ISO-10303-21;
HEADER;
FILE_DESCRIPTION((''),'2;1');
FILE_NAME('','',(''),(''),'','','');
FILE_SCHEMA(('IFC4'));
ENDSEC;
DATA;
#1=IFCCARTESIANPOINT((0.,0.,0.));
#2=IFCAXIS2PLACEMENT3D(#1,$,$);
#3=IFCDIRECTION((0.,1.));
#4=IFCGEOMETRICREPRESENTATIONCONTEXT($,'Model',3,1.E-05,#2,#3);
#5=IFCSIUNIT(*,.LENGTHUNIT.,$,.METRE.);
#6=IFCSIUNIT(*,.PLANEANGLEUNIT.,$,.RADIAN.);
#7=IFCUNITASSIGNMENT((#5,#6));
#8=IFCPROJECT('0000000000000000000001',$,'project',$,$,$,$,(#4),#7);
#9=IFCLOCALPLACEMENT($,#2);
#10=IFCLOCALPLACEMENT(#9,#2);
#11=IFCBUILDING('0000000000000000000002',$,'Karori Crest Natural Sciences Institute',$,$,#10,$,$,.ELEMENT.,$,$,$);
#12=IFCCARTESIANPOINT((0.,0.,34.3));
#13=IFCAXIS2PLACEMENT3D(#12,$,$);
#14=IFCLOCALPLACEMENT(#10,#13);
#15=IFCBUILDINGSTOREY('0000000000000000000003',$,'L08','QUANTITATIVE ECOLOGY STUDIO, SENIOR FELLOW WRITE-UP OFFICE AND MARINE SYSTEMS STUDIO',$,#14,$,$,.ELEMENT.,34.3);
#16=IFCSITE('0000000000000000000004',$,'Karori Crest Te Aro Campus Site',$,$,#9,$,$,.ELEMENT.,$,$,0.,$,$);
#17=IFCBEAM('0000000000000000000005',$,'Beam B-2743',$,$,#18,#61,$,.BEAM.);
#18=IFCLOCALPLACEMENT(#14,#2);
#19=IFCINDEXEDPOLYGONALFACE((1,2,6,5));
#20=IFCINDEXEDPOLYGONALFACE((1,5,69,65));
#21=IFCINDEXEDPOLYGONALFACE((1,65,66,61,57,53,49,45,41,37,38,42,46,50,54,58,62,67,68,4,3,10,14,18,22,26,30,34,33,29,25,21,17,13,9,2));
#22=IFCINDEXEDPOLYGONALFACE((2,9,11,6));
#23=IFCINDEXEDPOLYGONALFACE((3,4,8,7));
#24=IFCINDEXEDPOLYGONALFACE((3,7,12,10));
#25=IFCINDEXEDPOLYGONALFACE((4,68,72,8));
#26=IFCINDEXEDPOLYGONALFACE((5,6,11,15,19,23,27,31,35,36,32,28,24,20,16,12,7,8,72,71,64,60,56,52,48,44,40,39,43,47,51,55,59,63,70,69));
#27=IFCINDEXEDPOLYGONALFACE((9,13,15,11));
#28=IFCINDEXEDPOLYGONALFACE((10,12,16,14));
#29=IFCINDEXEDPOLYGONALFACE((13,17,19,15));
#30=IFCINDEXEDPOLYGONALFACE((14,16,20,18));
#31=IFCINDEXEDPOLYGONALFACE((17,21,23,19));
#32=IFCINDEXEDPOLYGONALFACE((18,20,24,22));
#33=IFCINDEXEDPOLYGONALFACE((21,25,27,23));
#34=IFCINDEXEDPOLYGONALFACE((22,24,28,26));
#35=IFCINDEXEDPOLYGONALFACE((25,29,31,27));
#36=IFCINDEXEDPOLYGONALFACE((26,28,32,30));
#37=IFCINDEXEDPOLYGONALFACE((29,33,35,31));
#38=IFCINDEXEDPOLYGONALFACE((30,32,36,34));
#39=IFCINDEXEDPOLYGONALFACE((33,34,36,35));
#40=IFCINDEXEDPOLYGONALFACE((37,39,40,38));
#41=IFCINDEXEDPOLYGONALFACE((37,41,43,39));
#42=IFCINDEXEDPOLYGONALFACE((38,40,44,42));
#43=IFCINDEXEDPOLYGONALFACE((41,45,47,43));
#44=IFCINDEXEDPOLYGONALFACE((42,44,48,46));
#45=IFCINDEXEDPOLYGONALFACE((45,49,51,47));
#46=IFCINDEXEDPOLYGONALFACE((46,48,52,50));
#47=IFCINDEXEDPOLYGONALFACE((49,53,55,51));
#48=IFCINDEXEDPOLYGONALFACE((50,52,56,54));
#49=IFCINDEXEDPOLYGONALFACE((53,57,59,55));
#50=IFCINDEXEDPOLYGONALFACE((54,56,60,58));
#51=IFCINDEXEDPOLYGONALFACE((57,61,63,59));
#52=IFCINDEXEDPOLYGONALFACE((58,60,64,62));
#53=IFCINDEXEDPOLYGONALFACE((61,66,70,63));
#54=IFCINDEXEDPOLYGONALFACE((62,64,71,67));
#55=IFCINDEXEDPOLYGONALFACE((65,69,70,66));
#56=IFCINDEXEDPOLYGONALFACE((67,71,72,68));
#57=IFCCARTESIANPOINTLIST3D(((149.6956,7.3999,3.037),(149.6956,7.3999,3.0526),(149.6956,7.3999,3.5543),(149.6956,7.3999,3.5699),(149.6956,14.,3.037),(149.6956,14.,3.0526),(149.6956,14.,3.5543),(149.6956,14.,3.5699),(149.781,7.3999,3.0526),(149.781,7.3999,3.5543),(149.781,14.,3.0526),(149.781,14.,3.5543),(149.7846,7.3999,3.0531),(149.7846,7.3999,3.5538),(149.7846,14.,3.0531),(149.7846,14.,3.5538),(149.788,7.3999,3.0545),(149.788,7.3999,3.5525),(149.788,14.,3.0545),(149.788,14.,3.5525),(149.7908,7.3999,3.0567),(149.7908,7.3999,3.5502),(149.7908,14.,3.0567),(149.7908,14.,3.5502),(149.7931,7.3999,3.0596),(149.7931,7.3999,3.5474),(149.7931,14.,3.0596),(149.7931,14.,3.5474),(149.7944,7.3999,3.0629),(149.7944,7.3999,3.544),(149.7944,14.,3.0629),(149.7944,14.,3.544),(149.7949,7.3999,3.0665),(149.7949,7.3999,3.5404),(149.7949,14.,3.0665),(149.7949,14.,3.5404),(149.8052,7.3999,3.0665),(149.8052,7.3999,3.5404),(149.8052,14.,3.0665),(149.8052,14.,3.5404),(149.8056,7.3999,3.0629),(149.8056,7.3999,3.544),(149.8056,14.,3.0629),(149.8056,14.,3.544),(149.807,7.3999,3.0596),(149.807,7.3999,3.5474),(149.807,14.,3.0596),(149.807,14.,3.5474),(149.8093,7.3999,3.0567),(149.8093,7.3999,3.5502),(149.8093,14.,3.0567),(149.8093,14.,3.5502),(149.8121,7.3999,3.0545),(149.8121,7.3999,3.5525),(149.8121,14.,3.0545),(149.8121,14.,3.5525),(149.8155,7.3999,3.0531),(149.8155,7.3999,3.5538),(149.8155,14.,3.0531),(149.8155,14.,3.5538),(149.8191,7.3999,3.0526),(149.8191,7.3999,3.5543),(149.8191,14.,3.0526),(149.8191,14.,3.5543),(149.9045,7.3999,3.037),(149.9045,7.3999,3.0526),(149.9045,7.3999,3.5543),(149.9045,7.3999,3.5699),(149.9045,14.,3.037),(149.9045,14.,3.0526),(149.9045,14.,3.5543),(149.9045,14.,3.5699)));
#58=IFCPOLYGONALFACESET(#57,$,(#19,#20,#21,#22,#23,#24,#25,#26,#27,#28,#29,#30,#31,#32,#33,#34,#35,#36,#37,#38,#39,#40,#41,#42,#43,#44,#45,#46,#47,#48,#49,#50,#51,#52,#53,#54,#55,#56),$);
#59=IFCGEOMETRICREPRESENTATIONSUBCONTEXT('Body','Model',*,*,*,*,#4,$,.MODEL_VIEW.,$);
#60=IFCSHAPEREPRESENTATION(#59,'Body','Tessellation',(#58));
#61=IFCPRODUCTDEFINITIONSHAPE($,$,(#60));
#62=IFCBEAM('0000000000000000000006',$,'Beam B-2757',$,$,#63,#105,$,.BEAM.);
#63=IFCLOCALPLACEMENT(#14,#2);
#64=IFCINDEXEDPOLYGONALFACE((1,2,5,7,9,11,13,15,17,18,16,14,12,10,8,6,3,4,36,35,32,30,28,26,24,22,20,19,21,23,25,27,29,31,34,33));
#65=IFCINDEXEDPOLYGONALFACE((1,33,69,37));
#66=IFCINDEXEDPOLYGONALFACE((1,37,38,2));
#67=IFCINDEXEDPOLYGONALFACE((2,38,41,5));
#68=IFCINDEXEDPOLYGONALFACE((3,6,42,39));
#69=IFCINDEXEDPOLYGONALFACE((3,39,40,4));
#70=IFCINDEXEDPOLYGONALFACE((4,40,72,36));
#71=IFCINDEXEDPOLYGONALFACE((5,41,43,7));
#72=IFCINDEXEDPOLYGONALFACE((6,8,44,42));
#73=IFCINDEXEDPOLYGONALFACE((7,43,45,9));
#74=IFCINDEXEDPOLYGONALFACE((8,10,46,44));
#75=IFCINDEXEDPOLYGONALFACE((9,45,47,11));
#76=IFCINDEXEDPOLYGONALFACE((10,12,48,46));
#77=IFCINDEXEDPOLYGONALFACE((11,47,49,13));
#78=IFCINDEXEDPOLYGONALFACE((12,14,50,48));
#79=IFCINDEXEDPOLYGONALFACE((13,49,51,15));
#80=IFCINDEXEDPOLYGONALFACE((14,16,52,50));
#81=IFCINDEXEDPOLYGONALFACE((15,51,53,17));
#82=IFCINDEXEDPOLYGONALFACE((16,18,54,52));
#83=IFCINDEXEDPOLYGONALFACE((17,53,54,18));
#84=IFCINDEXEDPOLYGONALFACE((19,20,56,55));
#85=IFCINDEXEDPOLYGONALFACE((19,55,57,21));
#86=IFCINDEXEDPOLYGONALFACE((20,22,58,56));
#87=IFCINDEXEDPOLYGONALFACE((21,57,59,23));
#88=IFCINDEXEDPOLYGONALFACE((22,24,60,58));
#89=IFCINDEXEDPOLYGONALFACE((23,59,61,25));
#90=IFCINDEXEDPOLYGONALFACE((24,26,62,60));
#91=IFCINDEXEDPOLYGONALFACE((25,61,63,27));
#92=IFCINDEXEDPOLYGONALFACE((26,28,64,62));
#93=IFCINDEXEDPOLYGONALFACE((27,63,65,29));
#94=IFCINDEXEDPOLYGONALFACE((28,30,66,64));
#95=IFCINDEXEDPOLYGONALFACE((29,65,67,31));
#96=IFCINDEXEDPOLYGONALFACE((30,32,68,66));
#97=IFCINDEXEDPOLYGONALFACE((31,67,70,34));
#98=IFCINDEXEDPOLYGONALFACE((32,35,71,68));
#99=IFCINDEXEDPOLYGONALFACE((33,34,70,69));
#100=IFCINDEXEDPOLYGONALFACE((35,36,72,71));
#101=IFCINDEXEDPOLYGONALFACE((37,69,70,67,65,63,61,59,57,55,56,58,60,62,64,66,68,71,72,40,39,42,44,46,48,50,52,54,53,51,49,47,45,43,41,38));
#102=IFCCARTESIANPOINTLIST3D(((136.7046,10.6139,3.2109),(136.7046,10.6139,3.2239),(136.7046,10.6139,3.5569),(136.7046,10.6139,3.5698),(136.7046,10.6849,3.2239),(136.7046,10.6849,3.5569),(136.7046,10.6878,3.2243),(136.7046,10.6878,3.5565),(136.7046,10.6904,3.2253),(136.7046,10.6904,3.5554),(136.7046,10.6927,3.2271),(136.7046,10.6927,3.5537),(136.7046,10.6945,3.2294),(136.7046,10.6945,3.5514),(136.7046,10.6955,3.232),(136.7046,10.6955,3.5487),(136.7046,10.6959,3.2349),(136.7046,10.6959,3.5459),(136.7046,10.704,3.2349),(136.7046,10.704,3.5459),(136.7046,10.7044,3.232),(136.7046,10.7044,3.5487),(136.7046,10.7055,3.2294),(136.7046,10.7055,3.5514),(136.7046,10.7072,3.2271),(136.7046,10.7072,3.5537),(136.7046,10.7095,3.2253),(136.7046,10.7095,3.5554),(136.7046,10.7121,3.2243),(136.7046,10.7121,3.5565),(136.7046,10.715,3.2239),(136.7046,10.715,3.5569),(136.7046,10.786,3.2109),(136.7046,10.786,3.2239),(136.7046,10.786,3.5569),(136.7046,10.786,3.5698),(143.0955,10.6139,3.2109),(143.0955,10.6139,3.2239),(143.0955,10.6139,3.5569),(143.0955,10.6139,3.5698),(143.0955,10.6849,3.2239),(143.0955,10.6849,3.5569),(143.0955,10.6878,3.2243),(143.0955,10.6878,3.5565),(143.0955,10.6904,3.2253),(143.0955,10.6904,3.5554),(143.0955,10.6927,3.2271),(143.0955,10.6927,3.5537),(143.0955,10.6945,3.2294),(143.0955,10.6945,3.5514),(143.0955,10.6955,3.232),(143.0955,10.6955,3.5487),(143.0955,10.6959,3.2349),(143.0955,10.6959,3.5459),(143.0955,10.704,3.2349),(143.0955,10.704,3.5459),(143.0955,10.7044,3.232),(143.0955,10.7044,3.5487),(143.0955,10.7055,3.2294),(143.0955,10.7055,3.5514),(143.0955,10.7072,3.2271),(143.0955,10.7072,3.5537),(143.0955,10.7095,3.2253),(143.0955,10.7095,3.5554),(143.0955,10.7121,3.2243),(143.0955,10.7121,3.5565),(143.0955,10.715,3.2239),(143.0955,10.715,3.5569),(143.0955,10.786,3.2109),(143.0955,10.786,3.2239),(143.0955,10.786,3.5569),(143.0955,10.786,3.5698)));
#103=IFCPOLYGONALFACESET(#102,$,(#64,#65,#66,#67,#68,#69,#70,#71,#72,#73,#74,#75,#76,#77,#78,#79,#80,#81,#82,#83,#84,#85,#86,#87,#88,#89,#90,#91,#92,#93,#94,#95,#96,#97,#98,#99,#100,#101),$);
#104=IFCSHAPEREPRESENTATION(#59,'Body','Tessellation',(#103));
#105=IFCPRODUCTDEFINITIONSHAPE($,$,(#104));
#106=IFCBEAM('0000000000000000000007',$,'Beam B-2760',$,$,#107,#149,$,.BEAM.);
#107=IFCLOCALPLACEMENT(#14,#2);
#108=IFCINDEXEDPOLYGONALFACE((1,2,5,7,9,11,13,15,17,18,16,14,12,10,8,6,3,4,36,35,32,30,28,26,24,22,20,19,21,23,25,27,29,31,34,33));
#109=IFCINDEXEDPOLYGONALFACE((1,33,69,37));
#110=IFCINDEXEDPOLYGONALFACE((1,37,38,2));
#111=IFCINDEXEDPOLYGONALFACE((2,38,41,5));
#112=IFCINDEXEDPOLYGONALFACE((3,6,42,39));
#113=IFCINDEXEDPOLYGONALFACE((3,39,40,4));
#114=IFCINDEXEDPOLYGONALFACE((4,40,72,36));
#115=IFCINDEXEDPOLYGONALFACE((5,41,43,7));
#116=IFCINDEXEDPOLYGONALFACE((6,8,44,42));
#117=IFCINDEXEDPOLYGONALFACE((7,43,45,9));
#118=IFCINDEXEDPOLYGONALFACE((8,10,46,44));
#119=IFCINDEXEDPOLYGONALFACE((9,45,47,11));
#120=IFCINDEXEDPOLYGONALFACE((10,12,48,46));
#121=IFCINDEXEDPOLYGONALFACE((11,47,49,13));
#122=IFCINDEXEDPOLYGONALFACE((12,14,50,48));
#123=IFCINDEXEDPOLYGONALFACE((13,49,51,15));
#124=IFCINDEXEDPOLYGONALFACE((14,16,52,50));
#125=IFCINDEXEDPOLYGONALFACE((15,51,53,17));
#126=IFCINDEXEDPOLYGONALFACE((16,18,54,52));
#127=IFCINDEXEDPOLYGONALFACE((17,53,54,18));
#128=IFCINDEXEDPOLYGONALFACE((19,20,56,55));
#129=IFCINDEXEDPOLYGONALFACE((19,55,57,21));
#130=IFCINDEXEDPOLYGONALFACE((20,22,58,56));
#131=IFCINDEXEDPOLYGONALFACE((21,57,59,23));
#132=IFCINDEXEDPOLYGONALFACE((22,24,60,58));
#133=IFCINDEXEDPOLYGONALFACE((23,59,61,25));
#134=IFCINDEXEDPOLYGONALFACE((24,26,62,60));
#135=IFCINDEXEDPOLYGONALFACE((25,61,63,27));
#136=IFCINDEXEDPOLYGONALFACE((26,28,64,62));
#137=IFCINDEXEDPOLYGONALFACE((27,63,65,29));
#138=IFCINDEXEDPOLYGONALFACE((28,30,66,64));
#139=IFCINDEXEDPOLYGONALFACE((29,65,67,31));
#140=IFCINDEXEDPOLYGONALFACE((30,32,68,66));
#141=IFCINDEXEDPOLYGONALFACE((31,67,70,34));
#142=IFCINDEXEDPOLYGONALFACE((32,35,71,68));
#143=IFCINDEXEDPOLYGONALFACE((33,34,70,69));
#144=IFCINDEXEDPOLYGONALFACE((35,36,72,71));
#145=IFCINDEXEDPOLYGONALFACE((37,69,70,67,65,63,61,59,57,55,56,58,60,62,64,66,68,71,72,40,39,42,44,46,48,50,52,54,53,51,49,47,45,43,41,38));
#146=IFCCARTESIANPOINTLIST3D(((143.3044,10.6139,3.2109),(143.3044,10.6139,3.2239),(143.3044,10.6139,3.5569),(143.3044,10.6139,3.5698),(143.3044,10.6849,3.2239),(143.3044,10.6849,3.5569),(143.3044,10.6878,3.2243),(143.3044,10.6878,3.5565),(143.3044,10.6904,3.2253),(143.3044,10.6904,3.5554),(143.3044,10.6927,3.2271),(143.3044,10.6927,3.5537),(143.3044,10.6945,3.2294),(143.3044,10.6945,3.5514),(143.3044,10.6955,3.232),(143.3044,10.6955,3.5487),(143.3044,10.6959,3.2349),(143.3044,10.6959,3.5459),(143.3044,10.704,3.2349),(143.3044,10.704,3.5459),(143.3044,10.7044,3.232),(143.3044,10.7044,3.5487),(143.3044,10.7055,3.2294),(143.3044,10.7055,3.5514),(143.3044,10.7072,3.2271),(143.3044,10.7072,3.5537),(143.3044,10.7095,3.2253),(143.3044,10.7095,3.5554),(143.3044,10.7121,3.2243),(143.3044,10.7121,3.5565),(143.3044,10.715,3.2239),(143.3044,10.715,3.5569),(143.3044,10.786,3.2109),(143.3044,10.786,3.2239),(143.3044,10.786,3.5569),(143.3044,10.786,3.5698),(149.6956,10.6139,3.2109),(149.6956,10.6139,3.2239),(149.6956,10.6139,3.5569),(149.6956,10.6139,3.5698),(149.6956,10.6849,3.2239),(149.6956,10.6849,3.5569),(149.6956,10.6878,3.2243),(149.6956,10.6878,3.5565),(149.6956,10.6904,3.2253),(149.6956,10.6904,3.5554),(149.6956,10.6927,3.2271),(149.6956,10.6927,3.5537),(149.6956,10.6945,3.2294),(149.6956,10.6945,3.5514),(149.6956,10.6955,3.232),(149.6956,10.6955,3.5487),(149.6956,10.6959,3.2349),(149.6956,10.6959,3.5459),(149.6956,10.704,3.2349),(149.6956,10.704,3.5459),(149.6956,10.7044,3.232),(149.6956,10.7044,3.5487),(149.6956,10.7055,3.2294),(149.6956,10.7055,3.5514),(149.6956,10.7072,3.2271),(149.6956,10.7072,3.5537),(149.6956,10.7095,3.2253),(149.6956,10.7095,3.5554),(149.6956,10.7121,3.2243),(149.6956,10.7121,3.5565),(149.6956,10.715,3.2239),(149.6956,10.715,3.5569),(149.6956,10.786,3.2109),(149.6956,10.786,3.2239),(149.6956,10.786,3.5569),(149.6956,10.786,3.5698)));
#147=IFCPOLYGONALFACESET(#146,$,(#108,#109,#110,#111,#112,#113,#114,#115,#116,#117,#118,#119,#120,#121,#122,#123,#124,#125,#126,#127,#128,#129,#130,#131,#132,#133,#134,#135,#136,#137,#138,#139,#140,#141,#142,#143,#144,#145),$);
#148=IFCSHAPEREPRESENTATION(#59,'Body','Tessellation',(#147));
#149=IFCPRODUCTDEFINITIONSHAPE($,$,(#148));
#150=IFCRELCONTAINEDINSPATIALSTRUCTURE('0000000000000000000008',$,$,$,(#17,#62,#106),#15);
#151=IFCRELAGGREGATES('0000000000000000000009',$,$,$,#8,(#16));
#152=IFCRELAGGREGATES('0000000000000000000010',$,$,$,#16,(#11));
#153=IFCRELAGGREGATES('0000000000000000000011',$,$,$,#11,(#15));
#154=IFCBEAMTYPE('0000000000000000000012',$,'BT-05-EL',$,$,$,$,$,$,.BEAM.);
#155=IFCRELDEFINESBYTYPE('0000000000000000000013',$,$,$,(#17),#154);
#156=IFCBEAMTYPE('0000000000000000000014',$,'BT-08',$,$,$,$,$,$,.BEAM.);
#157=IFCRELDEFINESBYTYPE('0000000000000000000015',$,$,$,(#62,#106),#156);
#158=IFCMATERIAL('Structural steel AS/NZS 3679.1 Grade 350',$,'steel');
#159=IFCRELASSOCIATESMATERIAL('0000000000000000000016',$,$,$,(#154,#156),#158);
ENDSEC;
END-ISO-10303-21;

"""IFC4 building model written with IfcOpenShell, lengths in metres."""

from ifc_helpers import new_model, si_unit, direction, frame, origin, origin_2d, place, context, subcontext, project, spatial, i_section, extrude, material, material_profile, profile_set, type_object, element, save


model = new_model("IFC4")

# Units and contexts
model_context = context("Model", 3, precision=1e-05, world=origin(), true_north=direction((0.0, 1.0)))
body_context = subcontext(model_context, "Body", "Model", "MODEL_VIEW")
ifc_project = project(units=[si_unit("LENGTHUNIT", "METRE"), si_unit("PLANEANGLEUNIT", "RADIAN")], contexts=[model_context])

# Site, building, storey
site_placement = place(None, origin())
site = spatial("IfcSite", under=ifc_project, at=site_placement, Name="Karori Crest Te Aro Campus Site", CompositionType="ELEMENT", RefElevation=0.0)
building_placement = place(site_placement, origin())
building = spatial("IfcBuilding", under=site, at=building_placement, Name="Karori Crest Natural Sciences Institute", CompositionType="ELEMENT")
storey_placement = place(building_placement, frame((0.0, 0.0, 34.3)))
storey = spatial("IfcBuildingStorey", under=building, at=storey_placement, Name="L08", Description="QUANTITATIVE ECOLOGY STUDIO, SENIOR FELLOW WRITE-UP OFFICE AND MARINE SYSTEMS STUDIO", CompositionType="ELEMENT", Elevation=34.3)

# Shared definitions
ifc_material_1 = material(Name="Structural steel AS/NZS 3679.1 Grade 350", Category="steel")

# Beams
ifc_material_profile_1 = material_profile(ifc_material_1, i_section(OverallWidth=0.209, OverallDepth=0.533, WebThickness=0.0103, FlangeThickness=0.0156, FilletRadius=0.0139, at=origin_2d()), Name="530UB92.4")
ifc_profile_set_1 = profile_set([ifc_material_profile_1], Name="Structural steel AS/NZS 3679.1 Grade 350")
beam_type_1 = type_object("IfcBeamType", Name="BT-05-EL", PredefinedType="BEAM", material=ifc_profile_set_1)
beam_1_placement = place(storey_placement, frame((149.8, 7.3999, 3.3035), z_axis=(0.0, 1.0, 0.0), x_axis=(-1.0, 0.0, 0.0)))
element("IfcBeam", 1, at=beam_1_placement, inside=storey, type_object=beam_type_1, Name="Beam B-2743", PredefinedType="BEAM", context=body_context, shape_type="SweptSolid", body=[
    extrude(i_section(OverallWidth=0.209, OverallDepth=0.533, WebThickness=0.0103, FlangeThickness=0.0156, FilletRadius=0.0139, at=origin_2d()), origin(), (0.0, 0.0, 1.0), 6.6001),
])
ifc_material_profile_2 = material_profile(ifc_material_1, i_section(OverallWidth=0.1721, OverallDepth=0.3589, WebThickness=0.0081, FlangeThickness=0.0129, FilletRadius=0.011, at=origin_2d()), Name="360UB56.7")
ifc_profile_set_2 = profile_set([ifc_material_profile_2], Name="Structural steel AS/NZS 3679.1 Grade 350")
beam_type_2 = type_object("IfcBeamType", Name="BT-08", PredefinedType="BEAM", material=ifc_profile_set_2)
beam_2_placement = place(storey_placement, frame((136.7046, 10.7, 3.3904), z_axis=(1.0, 0.0, 0.0), x_axis=(0.0, 1.0, 0.0)))
element("IfcBeam", 2, at=beam_2_placement, inside=storey, type_object=beam_type_2, Name="Beam B-2757", PredefinedType="BEAM", context=body_context, shape_type="SweptSolid", body=[
    extrude(i_section(OverallWidth=0.1721, OverallDepth=0.3589, WebThickness=0.0081, FlangeThickness=0.0129, FilletRadius=0.011, at=origin_2d()), origin(), (0.0, 0.0, 1.0), 6.3909),
])
beam_3_placement = place(storey_placement, frame((143.3044, 10.7, 3.3904), z_axis=(1.0, 0.0, 0.0), x_axis=(0.0, 1.0, 0.0)))
element("IfcBeam", 3, at=beam_3_placement, inside=storey, type_object=beam_type_2, Name="Beam B-2760", PredefinedType="BEAM", context=body_context, shape_type="SweptSolid", body=[
    extrude(i_section(OverallWidth=0.1721, OverallDepth=0.3589, WebThickness=0.0081, FlangeThickness=0.0129, FilletRadius=0.011, at=origin_2d()), origin(), (0.0, 0.0, 1.0), 6.3911),
])

save(model, "model.ifc")
